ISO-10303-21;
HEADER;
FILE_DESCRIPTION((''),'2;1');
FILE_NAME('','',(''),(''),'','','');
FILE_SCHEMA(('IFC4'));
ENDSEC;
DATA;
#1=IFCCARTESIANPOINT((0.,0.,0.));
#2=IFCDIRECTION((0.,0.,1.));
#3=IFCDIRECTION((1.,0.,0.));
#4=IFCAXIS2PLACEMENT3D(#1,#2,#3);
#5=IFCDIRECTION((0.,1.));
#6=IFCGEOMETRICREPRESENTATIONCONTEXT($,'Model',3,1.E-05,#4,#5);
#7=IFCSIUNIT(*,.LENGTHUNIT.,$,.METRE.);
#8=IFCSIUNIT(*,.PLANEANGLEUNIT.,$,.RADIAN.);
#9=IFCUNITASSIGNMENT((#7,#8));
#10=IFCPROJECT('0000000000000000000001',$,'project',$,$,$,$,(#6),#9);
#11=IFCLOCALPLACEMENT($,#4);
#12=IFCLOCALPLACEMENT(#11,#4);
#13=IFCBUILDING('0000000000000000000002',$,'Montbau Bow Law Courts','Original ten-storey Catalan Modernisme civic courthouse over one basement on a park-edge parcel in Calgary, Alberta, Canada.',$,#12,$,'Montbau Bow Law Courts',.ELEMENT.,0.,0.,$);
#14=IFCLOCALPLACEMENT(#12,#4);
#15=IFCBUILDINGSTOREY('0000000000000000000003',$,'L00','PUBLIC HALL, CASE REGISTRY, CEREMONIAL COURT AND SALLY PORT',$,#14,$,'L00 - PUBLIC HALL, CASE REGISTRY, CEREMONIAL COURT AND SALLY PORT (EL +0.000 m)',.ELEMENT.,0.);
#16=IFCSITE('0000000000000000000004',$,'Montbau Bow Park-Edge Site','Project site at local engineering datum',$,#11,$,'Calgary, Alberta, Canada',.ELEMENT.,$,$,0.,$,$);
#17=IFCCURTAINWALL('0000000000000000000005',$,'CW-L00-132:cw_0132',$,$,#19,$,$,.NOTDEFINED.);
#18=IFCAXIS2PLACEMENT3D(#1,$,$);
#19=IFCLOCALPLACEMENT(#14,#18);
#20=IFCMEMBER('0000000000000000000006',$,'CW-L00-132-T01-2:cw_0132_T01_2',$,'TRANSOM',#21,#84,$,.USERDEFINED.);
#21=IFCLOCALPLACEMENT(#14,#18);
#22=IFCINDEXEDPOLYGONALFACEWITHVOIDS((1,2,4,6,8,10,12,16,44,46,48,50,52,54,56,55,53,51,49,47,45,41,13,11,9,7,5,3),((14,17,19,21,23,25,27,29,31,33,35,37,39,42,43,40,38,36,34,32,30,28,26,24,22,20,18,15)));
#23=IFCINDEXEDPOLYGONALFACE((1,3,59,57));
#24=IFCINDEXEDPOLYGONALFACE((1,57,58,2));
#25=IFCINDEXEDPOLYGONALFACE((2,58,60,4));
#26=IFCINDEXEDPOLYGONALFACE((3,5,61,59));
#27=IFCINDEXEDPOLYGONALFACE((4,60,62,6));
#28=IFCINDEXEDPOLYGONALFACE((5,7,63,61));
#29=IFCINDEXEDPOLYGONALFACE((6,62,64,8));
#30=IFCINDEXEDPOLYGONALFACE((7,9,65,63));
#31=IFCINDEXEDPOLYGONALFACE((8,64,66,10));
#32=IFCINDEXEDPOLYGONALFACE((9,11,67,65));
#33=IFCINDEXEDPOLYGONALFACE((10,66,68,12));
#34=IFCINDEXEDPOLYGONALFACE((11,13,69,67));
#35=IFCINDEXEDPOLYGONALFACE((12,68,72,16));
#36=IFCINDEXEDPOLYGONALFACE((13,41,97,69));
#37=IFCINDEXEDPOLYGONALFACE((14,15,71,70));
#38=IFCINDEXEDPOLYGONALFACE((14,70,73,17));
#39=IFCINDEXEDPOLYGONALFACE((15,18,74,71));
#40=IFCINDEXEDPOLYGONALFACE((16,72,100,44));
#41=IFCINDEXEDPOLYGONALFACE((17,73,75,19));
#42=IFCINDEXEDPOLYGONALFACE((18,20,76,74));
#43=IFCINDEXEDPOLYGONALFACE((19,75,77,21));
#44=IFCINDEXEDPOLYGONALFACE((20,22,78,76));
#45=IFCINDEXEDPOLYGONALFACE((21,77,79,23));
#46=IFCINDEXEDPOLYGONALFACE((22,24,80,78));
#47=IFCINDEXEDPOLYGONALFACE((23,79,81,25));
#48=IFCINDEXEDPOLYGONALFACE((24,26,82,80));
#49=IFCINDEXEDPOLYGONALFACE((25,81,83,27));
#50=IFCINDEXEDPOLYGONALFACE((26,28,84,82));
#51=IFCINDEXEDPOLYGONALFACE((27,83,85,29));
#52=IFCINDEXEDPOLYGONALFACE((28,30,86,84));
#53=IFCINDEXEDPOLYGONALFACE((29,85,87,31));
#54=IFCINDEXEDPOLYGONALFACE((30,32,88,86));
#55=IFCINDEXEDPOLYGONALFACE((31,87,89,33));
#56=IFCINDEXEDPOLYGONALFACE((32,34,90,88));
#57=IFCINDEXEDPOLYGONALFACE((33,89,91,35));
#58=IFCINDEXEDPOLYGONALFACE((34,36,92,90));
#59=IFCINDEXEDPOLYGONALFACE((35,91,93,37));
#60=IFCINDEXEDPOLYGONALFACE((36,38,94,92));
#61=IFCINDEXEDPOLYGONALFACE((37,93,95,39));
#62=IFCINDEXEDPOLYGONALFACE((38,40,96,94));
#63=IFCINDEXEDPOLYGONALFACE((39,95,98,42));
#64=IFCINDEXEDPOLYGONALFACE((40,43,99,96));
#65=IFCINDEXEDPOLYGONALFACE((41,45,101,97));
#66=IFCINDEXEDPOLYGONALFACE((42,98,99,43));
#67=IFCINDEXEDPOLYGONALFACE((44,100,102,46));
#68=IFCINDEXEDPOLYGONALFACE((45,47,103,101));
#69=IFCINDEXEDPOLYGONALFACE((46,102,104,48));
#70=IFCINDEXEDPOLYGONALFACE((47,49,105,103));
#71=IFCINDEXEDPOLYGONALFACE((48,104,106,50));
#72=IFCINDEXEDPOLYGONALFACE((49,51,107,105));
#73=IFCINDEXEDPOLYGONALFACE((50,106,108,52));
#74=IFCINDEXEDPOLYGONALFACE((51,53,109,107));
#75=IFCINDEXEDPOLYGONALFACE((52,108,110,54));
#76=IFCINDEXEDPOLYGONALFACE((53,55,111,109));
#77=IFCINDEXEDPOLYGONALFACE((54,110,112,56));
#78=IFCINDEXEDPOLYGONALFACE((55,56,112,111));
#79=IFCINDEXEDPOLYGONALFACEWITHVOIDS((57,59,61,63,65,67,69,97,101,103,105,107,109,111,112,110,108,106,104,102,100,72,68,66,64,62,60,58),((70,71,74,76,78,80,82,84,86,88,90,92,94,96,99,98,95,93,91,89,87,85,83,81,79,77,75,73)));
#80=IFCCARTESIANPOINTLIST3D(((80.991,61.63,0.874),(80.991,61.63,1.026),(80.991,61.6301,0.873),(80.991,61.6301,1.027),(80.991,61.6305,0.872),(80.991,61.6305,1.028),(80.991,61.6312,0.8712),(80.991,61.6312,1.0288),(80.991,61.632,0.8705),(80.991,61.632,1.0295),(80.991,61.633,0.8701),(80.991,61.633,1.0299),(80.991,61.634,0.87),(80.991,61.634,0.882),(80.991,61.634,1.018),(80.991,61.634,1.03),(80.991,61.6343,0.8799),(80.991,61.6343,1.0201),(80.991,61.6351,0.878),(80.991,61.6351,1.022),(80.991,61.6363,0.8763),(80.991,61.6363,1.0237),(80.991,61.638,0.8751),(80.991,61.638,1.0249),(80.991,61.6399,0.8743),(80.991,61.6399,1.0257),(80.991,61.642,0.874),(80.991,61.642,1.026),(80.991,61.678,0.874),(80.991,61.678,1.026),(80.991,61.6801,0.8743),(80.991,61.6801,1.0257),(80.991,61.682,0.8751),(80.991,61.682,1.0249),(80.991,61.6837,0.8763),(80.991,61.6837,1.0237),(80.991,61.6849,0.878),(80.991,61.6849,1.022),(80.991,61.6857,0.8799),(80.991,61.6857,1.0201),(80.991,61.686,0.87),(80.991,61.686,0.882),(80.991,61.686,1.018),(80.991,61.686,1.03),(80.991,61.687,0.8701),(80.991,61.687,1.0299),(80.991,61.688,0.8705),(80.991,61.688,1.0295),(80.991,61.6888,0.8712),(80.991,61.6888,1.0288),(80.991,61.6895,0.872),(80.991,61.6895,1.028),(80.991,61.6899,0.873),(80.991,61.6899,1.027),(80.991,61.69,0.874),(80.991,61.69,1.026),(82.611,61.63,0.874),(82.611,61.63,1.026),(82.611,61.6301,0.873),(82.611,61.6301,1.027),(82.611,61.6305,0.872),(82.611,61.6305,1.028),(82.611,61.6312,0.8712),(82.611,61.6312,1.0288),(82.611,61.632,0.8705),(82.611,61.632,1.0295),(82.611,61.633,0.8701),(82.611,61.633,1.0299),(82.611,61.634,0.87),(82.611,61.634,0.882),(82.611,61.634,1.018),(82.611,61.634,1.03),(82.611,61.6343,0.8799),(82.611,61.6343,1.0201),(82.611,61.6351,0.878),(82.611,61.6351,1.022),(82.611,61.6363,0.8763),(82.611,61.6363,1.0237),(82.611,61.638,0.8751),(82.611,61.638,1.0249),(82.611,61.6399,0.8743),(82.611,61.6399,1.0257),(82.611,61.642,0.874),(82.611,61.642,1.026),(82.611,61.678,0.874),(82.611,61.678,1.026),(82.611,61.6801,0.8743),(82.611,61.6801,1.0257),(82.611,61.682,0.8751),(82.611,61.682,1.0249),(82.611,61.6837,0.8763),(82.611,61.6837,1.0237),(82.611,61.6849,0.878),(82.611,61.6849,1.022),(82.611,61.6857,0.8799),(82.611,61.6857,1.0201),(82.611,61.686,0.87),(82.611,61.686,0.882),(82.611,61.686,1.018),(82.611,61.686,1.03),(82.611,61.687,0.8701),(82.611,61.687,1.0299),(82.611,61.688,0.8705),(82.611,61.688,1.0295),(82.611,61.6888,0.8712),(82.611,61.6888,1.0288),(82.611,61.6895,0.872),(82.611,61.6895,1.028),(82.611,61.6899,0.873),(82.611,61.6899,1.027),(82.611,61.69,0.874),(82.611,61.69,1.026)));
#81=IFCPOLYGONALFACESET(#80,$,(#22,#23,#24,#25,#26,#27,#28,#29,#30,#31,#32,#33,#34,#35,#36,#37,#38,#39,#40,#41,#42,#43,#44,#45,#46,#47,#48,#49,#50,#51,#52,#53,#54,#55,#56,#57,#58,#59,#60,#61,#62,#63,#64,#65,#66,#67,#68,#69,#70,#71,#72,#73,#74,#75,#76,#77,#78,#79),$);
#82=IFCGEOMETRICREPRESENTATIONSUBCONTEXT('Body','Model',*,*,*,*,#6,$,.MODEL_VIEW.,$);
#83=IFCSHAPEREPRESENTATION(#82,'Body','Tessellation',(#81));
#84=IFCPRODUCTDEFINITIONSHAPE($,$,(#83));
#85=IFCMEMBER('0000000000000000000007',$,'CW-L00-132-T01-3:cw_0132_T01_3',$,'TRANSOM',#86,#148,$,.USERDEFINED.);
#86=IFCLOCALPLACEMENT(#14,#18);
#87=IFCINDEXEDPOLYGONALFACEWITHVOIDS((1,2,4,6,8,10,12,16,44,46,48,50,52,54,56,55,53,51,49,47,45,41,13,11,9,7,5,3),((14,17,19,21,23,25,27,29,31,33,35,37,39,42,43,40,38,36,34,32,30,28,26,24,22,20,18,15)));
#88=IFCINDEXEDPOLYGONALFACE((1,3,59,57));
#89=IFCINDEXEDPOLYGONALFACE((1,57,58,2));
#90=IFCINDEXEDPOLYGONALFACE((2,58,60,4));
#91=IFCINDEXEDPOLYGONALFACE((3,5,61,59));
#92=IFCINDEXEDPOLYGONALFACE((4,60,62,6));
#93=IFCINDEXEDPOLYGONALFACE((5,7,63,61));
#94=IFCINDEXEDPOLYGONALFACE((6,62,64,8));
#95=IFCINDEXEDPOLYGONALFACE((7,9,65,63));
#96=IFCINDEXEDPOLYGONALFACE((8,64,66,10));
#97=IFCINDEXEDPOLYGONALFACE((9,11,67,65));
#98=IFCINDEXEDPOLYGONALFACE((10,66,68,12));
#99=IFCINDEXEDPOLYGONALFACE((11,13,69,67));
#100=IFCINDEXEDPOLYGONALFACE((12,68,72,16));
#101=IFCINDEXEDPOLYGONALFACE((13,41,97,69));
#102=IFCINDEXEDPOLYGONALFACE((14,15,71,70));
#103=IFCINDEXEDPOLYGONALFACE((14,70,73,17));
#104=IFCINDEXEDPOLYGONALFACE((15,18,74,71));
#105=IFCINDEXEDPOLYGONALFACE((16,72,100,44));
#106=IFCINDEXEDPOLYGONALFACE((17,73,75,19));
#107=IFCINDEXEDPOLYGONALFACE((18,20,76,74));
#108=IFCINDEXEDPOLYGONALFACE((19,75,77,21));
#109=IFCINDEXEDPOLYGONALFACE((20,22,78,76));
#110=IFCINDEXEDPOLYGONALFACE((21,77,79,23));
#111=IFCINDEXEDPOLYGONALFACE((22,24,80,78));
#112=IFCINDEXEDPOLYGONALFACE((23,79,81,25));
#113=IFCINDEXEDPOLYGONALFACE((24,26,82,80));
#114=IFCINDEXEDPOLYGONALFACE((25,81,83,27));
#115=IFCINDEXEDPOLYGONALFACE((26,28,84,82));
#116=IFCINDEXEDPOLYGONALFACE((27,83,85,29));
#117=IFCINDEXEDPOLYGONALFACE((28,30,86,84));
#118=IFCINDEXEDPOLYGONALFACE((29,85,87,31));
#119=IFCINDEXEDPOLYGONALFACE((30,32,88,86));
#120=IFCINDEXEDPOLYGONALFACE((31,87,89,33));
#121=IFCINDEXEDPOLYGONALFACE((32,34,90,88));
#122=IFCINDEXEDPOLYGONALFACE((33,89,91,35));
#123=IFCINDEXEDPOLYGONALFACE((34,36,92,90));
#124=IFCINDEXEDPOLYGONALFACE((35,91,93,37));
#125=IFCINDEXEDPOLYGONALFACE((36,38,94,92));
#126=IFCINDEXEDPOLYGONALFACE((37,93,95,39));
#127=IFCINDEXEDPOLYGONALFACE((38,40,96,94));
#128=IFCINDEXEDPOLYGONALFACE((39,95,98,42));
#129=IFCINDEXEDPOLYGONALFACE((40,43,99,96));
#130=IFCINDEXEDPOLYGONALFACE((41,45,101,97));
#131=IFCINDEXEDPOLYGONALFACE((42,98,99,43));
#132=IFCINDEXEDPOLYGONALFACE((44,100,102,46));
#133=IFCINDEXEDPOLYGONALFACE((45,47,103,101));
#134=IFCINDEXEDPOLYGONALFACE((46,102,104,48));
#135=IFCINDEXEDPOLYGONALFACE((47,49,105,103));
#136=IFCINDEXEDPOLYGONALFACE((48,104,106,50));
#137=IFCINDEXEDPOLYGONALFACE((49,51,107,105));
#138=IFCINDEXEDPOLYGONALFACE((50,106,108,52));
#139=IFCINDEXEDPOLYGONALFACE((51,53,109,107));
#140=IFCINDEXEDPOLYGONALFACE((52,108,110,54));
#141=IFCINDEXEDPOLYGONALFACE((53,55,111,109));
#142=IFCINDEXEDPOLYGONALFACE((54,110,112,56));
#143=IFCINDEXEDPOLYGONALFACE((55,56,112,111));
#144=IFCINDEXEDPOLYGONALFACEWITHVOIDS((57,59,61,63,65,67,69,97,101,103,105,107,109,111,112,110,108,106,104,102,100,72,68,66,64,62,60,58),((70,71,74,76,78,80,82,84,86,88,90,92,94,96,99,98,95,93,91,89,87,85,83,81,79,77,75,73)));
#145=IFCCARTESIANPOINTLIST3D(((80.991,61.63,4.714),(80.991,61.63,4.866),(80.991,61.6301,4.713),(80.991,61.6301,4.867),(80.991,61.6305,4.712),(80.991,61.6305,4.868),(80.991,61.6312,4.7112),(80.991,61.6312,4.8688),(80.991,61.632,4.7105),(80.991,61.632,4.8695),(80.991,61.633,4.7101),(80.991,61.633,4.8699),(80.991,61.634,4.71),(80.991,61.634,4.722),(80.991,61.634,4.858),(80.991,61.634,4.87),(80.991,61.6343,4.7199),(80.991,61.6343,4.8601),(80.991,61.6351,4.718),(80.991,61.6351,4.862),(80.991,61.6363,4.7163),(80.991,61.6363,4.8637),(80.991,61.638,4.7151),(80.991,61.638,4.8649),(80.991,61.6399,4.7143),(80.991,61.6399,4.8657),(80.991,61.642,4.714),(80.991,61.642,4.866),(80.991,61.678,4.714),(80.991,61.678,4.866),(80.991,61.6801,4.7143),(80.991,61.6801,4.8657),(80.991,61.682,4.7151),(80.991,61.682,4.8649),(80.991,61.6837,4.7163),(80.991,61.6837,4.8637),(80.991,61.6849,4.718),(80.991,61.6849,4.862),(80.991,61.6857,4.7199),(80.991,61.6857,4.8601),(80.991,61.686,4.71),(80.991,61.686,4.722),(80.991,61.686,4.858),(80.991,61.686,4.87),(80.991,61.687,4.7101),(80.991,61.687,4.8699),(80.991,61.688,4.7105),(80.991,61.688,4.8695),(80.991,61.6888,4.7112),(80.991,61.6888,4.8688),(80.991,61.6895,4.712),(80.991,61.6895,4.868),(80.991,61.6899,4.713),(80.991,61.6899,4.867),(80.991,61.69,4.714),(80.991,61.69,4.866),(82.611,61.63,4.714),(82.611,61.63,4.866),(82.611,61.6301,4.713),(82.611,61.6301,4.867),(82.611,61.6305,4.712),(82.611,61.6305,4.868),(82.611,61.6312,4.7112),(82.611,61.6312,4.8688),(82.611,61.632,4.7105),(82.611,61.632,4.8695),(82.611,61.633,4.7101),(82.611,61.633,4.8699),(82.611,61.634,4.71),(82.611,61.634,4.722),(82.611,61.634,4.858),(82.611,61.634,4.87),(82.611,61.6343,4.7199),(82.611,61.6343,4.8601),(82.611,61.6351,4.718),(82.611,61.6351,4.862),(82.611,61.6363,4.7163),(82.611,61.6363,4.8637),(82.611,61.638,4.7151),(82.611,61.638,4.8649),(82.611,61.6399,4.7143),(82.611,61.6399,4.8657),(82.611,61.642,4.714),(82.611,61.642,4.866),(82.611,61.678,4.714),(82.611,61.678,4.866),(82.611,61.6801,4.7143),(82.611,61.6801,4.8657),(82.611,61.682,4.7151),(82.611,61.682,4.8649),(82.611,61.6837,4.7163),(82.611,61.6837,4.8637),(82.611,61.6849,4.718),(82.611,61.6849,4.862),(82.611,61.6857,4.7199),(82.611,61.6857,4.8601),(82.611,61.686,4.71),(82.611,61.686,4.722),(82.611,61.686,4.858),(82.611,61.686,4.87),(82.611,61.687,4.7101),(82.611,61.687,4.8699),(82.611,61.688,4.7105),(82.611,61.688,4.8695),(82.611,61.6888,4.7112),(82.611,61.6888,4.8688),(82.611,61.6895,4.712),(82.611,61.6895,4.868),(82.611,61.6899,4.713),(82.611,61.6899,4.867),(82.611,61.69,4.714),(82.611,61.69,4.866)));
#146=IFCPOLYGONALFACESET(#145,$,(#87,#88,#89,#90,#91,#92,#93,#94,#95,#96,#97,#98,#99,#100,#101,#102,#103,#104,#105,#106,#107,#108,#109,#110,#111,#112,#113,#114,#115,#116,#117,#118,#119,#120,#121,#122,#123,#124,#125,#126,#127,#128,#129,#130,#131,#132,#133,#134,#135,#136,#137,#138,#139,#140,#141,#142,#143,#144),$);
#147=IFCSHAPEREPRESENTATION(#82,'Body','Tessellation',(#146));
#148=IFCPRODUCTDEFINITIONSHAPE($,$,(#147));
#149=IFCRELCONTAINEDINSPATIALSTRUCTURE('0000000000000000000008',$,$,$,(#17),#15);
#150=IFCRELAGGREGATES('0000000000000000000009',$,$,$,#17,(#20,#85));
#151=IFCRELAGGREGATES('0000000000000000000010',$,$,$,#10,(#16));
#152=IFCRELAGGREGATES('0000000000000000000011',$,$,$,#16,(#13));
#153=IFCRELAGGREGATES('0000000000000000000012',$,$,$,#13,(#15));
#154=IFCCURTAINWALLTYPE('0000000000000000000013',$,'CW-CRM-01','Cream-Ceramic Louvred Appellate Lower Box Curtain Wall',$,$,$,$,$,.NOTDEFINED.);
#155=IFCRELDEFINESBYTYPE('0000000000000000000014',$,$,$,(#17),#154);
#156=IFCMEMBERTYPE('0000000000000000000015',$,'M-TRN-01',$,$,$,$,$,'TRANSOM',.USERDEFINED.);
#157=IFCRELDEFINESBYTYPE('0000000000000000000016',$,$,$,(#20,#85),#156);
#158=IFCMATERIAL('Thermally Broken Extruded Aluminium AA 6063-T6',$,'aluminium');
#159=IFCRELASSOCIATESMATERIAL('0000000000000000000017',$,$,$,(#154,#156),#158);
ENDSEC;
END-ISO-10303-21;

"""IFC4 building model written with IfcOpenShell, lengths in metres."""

from ifc_helpers import new_model, si_unit, direction, frame, origin_with_axes, origin_2d_with_axis, place, context, subcontext, project, spatial, hollow_rectangle, extrude, material, material_profile, profile_set, type_object, element, aggregate, save


model = new_model("IFC4")

# Units and contexts
model_context = context("Model", 3, precision=1e-05, world=origin_with_axes(), true_north=direction((0.0, 1.0)))
body_context = subcontext(model_context, "Body", "Model", "MODEL_VIEW")
ifc_project = project(units=[si_unit("LENGTHUNIT", "METRE"), si_unit("PLANEANGLEUNIT", "RADIAN")], contexts=[model_context])

# Site, building, storey
site_placement = place(None, origin_with_axes())
site = spatial("IfcSite", under=ifc_project, at=site_placement, Name="Montbau Bow Park-Edge Site", Description="Project site at local engineering datum", LongName="Calgary, Alberta, Canada", CompositionType="ELEMENT", RefElevation=0.0)
building_placement = place(site_placement, origin_with_axes())
building = spatial("IfcBuilding", under=site, at=building_placement, Name="Montbau Bow Law Courts", Description="Original ten-storey Catalan Modernisme civic courthouse over one basement on a park-edge parcel in Calgary, Alberta, Canada.", LongName="Montbau Bow Law Courts", CompositionType="ELEMENT", ElevationOfRefHeight=0.0, ElevationOfTerrain=0.0)
storey_placement = place(building_placement, origin_with_axes())
storey = spatial("IfcBuildingStorey", under=building, at=storey_placement, Name="L00", Description="PUBLIC HALL, CASE REGISTRY, CEREMONIAL COURT AND SALLY PORT", LongName="L00 - PUBLIC HALL, CASE REGISTRY, CEREMONIAL COURT AND SALLY PORT (EL +0.000 m)", CompositionType="ELEMENT", Elevation=0.0)

# Curtain wall, members
ifc_material_1 = material(Name="Thermally Broken Extruded Aluminium AA 6063-T6", Category="aluminium")
curtain_wall_type = type_object("IfcCurtainWallType", Name="CW-CRM-01", Description="Cream-Ceramic Louvred Appellate Lower Box Curtain Wall", PredefinedType="NOTDEFINED", material=ifc_material_1)
curtain_wall_placement = place(None, frame((80.915, 61.66, 0.0), z_axis=(0.0, 0.0, 1.0), x_axis=(1.0, 0.0, 0.0)))
curtain_wall = element("IfcCurtainWall", 1, at=curtain_wall_placement, inside=storey, type_object=curtain_wall_type, Name="CW-L00-132:cw_0132", PredefinedType="NOTDEFINED")
ifc_material_profile_1 = material_profile(ifc_material_1, hollow_rectangle(XDim=0.06, YDim=0.16, WallThickness=0.004, InnerFilletRadius=0.008, OuterFilletRadius=0.004, at=origin_2d_with_axis()), Name="CWT-160X60", Category="Main", Priority=0)
ifc_profile_set_1 = profile_set([ifc_material_profile_1], Name="Thermally Broken Extruded Aluminium AA 6063-T6")
member_type_1 = type_object("IfcMemberType", Name="M-TRN-01", ElementType="TRANSOM", PredefinedType="USERDEFINED", material=ifc_profile_set_1)
member_1_placement = place(None, frame((80.991, 61.66, 0.95), z_axis=(1.0, 0.0, 0.0), x_axis=(0.0, 1.0, 0.0)))
member_1 = element("IfcMember", 2, at=member_1_placement, type_object=member_type_1, Name="CW-L00-132-T01-2:cw_0132_T01_2", ObjectType="TRANSOM", PredefinedType="USERDEFINED", context=body_context, shape_type="SweptSolid", body=[
    extrude(hollow_rectangle(XDim=0.06, YDim=0.16, WallThickness=0.004, InnerFilletRadius=0.008, OuterFilletRadius=0.004, at=origin_2d_with_axis()), origin_with_axes(), (0.0, 0.0, 1.0), 1.62),
])
member_2_placement = place(None, frame((80.991, 61.66, 4.79), z_axis=(1.0, 0.0, 0.0), x_axis=(0.0, 1.0, 0.0)))
member_2 = element("IfcMember", 3, at=member_2_placement, type_object=member_type_1, Name="CW-L00-132-T01-3:cw_0132_T01_3", ObjectType="TRANSOM", PredefinedType="USERDEFINED", context=body_context, shape_type="SweptSolid", body=[
    extrude(hollow_rectangle(XDim=0.06, YDim=0.16, WallThickness=0.004, InnerFilletRadius=0.008, OuterFilletRadius=0.004, at=origin_2d_with_axis()), origin_with_axes(), (0.0, 0.0, 1.0), 1.62),
])

aggregate(curtain_wall, [member_1, member_2])

save(model, "model.ifc")
